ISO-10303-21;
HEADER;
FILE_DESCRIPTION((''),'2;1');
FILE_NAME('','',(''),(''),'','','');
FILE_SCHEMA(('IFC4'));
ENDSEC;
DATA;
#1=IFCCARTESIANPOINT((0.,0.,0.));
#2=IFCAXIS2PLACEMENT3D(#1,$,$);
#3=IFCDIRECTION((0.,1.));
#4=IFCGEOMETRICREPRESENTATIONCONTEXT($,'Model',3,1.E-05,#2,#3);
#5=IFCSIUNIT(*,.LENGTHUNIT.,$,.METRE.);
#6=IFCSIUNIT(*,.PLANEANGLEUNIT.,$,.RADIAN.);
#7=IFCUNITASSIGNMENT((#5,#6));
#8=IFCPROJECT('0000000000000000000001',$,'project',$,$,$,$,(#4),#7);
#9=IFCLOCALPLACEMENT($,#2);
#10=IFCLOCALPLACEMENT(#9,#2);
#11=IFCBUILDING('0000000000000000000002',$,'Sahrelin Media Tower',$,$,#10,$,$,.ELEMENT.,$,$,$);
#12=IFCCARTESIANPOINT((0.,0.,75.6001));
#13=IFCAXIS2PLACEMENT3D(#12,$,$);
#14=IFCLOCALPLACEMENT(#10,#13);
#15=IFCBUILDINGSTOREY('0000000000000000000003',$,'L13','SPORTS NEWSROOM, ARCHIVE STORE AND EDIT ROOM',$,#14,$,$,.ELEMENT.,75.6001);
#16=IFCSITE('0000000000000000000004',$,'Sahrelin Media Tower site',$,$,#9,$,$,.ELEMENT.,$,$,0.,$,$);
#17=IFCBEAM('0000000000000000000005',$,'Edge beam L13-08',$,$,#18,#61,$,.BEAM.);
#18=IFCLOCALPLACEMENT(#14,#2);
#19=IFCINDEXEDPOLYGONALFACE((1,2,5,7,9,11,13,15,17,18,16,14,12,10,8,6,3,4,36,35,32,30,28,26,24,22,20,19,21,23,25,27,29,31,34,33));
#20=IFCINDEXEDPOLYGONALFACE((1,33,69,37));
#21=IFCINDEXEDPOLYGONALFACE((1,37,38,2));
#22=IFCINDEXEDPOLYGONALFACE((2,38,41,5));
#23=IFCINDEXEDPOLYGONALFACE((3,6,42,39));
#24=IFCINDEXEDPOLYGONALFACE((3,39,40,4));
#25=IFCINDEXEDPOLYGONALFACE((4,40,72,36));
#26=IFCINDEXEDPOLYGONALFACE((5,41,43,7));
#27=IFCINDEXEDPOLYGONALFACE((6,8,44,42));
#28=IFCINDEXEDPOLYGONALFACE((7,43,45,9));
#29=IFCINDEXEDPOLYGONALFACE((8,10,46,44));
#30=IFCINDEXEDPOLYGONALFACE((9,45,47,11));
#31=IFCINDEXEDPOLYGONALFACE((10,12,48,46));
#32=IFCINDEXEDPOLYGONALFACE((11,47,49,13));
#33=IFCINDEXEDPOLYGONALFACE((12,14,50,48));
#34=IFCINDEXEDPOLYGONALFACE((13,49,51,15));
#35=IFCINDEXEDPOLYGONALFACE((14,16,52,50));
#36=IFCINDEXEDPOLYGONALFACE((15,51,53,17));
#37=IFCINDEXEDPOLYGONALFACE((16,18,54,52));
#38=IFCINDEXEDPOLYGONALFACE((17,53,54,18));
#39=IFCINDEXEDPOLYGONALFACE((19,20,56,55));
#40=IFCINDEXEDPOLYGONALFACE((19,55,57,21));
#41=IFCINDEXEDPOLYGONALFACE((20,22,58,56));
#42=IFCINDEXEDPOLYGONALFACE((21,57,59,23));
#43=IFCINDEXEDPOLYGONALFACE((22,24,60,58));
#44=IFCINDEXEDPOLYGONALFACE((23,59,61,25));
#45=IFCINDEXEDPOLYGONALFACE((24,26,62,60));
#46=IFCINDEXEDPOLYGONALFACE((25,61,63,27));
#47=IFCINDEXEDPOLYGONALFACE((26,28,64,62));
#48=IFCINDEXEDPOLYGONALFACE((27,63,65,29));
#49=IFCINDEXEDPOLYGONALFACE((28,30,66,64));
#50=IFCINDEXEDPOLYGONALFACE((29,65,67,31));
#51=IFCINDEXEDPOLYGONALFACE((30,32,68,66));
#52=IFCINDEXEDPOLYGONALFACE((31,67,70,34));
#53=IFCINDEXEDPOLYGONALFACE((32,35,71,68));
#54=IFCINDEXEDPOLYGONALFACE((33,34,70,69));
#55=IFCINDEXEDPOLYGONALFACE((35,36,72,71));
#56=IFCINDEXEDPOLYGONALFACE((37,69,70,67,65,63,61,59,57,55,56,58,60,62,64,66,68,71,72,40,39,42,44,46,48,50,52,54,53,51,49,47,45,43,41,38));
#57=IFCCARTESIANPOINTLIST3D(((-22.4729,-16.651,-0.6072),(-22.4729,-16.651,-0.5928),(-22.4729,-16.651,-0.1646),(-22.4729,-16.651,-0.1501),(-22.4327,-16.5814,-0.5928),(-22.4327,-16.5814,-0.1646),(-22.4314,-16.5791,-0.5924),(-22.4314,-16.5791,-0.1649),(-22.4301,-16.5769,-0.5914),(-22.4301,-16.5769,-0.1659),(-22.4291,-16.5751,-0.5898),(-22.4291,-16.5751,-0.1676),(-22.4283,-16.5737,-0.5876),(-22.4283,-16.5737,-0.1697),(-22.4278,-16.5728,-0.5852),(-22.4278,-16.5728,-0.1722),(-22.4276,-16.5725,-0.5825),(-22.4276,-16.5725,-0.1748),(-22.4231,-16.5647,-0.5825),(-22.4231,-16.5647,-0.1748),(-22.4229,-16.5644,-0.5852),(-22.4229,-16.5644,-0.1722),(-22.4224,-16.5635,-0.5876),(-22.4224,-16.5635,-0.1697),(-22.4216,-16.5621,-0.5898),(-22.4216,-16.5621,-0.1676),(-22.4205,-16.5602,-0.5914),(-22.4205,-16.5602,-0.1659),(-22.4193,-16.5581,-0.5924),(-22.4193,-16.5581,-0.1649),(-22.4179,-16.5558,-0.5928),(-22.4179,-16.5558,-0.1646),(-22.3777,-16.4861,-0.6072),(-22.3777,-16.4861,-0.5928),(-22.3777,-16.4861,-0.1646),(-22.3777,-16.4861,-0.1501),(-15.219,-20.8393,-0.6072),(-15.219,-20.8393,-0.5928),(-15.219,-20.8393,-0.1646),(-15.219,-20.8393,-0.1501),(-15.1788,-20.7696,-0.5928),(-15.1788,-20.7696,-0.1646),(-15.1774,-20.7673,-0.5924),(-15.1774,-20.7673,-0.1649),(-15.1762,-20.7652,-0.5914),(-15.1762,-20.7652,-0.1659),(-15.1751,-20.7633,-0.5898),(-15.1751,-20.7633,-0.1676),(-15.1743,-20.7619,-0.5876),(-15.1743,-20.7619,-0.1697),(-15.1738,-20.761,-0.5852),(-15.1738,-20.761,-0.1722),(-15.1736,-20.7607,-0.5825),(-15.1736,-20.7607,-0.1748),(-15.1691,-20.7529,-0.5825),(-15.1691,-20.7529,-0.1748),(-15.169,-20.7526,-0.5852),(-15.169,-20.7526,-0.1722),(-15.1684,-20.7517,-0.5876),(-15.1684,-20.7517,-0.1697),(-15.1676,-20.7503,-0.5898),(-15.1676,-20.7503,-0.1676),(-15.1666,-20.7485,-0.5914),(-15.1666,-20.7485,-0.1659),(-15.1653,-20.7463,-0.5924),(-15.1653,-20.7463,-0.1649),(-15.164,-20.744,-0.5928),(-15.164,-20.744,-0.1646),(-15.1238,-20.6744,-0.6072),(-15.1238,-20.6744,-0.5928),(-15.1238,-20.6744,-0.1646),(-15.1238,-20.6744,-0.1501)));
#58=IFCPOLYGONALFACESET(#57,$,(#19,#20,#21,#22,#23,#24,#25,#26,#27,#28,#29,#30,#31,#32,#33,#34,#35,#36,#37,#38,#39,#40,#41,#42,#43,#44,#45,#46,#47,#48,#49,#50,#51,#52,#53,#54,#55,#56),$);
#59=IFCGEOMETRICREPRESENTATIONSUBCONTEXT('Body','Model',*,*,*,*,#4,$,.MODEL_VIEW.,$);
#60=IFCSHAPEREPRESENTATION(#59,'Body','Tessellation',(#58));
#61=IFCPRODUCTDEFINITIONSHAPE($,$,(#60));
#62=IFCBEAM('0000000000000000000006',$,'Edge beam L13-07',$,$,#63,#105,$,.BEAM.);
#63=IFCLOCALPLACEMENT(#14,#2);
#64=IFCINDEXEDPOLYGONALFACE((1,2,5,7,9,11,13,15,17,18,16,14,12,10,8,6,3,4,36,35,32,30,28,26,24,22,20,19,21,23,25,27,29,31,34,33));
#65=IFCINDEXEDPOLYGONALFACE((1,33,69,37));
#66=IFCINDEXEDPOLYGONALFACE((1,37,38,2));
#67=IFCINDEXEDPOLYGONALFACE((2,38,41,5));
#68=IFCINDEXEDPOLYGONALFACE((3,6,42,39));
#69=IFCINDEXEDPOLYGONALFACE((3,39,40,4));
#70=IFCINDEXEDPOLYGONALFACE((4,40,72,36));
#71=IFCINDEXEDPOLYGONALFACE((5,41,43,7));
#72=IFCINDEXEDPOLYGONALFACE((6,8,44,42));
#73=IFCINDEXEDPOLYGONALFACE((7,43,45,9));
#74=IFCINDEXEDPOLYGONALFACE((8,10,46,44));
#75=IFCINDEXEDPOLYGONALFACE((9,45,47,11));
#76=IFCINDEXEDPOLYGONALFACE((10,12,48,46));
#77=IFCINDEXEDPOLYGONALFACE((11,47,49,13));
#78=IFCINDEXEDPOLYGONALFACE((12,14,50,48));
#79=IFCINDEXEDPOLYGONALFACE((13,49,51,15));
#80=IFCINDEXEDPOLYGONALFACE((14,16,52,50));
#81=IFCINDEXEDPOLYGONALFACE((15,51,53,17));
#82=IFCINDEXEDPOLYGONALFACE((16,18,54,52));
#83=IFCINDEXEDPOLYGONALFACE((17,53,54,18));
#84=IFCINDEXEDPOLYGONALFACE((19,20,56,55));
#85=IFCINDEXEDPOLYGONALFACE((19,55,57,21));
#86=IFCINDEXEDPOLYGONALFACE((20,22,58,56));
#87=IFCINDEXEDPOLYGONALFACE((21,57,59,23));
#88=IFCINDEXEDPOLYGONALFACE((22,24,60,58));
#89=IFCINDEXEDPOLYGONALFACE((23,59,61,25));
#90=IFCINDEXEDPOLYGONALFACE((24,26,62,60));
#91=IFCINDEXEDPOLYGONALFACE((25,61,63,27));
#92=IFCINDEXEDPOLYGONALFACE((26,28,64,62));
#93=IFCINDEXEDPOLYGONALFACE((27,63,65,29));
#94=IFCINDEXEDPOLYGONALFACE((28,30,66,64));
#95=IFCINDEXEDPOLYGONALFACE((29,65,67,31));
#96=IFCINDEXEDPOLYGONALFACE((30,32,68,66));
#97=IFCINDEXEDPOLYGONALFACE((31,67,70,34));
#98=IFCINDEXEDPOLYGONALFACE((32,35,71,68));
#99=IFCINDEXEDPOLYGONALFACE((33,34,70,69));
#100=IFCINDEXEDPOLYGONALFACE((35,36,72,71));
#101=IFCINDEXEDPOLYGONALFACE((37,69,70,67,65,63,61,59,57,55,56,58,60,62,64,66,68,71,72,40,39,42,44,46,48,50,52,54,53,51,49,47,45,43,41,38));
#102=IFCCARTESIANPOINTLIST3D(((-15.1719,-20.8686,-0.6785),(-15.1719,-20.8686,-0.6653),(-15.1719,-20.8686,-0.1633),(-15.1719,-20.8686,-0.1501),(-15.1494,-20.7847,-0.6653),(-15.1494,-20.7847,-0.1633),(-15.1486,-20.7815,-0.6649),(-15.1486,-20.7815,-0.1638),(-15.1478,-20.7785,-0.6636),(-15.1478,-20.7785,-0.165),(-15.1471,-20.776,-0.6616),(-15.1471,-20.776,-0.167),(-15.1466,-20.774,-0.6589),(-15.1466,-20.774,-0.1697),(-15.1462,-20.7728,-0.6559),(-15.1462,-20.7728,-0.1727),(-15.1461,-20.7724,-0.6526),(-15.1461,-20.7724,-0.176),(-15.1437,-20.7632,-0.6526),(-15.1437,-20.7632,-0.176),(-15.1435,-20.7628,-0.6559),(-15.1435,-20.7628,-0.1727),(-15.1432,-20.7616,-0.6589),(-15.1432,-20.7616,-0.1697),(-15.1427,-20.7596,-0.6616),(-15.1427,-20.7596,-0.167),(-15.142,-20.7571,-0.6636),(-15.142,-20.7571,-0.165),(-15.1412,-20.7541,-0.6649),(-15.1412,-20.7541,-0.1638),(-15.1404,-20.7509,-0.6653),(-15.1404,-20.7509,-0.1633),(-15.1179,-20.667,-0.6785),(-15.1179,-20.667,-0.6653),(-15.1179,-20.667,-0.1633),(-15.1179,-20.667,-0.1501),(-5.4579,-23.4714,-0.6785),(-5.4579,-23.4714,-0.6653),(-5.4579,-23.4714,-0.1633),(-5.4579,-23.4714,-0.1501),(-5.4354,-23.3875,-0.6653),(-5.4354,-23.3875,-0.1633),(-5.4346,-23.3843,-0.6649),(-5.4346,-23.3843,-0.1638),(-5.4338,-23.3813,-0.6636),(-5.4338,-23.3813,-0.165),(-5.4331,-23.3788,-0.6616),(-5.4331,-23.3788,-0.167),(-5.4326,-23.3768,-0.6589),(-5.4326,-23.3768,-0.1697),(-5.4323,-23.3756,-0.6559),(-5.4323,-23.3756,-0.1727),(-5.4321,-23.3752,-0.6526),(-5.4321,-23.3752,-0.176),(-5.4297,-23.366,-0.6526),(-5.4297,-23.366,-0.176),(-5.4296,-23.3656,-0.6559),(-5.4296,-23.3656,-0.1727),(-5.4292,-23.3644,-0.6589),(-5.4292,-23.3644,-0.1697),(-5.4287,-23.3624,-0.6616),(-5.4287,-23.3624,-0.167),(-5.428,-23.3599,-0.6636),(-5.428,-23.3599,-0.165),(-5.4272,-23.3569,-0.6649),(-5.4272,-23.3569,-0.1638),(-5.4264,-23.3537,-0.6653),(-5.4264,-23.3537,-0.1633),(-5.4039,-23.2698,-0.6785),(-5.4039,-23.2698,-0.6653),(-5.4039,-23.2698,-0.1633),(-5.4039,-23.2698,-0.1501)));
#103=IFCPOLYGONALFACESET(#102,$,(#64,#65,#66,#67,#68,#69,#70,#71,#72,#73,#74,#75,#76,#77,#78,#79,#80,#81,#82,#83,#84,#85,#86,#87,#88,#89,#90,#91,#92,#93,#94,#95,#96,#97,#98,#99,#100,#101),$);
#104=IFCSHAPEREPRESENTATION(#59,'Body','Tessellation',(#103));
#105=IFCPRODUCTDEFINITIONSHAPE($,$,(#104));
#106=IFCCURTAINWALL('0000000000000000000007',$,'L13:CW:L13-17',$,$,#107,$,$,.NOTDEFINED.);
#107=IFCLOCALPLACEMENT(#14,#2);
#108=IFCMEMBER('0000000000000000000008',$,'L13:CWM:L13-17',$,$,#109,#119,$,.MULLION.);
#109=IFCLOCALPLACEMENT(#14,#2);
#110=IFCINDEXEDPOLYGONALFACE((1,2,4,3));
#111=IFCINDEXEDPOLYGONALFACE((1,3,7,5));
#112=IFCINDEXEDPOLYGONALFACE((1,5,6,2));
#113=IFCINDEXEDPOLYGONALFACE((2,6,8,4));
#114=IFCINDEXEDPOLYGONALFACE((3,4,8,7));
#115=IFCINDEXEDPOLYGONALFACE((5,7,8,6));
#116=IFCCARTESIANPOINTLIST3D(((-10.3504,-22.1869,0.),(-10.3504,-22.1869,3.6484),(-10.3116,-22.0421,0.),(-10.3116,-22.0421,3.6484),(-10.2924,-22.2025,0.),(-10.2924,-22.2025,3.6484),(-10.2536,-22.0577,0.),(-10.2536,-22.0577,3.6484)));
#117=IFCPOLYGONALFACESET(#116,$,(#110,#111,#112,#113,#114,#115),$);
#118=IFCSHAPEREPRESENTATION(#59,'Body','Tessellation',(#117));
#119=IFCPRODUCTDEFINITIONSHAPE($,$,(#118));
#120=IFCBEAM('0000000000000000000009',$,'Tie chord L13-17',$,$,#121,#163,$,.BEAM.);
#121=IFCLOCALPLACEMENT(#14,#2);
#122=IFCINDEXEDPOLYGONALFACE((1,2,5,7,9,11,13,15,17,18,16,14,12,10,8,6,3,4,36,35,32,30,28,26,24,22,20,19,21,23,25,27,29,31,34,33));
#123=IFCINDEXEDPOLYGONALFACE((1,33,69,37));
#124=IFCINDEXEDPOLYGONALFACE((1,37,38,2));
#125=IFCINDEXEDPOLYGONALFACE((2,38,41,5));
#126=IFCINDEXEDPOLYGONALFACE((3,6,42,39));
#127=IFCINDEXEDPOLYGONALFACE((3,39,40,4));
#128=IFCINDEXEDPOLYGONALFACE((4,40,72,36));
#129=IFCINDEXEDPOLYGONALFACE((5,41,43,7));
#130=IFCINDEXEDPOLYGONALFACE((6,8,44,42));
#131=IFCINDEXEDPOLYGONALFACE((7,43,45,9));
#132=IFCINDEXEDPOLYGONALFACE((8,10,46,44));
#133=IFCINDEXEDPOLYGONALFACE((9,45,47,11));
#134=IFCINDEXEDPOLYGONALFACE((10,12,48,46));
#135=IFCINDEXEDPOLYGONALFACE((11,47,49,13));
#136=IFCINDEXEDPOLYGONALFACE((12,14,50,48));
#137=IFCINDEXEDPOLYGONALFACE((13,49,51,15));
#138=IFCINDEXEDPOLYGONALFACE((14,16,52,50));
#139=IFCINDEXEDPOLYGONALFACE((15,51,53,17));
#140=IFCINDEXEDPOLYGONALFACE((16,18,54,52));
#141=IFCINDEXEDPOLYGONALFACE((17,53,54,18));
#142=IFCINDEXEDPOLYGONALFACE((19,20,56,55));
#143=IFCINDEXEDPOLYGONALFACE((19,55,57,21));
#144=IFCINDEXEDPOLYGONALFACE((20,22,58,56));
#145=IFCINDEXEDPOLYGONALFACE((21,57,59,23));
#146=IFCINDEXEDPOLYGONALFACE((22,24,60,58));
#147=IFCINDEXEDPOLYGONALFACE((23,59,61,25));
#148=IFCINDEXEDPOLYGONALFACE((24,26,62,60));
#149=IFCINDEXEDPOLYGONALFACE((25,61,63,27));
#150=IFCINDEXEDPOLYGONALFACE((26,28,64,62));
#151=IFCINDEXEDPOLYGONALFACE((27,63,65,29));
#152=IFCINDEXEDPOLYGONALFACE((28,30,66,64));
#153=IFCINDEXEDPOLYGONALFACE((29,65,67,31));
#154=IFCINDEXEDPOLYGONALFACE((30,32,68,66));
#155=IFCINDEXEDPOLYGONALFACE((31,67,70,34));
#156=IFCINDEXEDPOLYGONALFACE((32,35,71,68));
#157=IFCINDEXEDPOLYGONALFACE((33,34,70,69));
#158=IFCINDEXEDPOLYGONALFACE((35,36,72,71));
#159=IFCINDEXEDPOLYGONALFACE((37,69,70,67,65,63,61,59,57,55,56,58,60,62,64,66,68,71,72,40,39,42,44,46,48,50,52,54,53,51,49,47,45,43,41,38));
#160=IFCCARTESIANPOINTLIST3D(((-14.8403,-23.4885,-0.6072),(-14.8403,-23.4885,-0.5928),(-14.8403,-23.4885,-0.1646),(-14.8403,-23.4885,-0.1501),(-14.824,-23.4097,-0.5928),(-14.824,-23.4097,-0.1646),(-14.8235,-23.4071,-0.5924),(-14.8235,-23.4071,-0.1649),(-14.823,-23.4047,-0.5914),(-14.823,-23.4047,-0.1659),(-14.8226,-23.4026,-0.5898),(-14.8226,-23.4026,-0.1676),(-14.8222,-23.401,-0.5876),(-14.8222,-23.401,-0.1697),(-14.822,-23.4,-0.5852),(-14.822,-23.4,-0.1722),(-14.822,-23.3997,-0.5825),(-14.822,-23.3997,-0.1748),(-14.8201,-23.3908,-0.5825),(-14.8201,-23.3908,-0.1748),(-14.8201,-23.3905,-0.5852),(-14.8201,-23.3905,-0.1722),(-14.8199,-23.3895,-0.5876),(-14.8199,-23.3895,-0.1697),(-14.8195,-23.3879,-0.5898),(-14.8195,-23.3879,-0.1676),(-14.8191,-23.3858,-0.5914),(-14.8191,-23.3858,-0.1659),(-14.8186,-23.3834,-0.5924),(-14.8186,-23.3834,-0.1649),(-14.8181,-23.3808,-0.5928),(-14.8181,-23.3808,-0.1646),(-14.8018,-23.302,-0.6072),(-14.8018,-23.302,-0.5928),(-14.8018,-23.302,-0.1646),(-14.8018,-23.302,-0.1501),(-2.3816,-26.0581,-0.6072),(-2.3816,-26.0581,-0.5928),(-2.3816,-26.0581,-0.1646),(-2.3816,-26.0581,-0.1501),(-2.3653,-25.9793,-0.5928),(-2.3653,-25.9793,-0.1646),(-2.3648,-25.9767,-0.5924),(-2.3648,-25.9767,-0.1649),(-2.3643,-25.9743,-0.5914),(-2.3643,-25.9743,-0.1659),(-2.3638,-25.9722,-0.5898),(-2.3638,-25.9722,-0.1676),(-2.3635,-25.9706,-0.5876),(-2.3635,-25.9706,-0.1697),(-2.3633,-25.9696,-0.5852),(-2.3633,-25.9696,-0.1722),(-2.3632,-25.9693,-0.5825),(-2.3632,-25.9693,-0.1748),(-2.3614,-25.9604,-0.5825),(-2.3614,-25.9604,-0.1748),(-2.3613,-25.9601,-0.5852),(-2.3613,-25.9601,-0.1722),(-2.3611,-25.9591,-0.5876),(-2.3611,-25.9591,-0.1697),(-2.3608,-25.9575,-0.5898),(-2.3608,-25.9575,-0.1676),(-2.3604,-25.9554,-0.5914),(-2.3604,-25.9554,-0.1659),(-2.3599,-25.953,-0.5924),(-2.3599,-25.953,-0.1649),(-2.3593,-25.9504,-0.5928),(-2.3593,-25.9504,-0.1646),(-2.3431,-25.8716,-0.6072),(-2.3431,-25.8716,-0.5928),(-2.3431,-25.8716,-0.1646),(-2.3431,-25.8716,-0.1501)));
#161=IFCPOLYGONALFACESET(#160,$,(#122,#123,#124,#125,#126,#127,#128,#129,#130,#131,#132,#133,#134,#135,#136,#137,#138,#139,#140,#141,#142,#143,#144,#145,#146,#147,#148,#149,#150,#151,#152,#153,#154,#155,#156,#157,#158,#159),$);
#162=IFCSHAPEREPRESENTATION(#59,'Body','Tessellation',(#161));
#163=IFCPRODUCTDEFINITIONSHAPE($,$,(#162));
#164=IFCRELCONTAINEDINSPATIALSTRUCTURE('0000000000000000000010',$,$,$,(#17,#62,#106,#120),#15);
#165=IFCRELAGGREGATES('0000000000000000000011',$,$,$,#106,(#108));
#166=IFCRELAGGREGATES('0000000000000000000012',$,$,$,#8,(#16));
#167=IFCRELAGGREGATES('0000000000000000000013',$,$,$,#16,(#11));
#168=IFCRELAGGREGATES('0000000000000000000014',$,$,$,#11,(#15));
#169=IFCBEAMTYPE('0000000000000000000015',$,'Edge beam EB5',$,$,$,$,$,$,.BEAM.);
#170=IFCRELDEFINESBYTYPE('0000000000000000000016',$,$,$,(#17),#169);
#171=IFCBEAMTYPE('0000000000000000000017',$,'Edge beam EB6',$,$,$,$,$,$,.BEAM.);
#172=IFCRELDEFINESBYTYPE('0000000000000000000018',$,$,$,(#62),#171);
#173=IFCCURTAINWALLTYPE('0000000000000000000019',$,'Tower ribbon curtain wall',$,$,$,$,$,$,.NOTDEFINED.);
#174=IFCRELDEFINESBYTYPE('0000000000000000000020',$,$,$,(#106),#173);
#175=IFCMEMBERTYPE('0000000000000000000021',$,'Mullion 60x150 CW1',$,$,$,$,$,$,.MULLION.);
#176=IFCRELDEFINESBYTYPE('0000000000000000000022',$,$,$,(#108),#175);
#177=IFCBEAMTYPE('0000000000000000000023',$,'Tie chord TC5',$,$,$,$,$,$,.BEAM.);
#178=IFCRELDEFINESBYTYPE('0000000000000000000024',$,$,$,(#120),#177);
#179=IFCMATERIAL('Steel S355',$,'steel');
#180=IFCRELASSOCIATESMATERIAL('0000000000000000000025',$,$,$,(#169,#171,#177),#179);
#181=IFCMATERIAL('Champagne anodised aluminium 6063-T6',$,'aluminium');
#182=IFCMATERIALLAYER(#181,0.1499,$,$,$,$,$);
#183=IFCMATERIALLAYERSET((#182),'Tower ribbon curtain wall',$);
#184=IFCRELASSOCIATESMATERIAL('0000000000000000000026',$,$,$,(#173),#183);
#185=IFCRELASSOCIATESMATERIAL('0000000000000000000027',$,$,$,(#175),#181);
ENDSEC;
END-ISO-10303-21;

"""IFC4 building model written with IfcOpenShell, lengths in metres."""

from ifc_helpers import new_model, si_unit, direction, frame, origin, origin_2d, place, context, subcontext, project, spatial, rectangle, i_section, extrude, material, layer, layer_set, material_profile, profile_set, type_object, element, aggregate, save


model = new_model("IFC4")

# Units and contexts
model_context = context("Model", 3, precision=1e-05, world=origin(), true_north=direction((0.0, 1.0)))
body_context = subcontext(model_context, "Body", "Model", "MODEL_VIEW")
ifc_project = project(units=[si_unit("LENGTHUNIT", "METRE"), si_unit("PLANEANGLEUNIT", "RADIAN")], contexts=[model_context])

# Site, building, storey
site_placement = place(None, origin())
site = spatial("IfcSite", under=ifc_project, at=site_placement, Name="Sahrelin Media Tower site", CompositionType="ELEMENT", RefElevation=0.0)
building_placement = place(site_placement, origin())
building = spatial("IfcBuilding", under=site, at=building_placement, Name="Sahrelin Media Tower", CompositionType="ELEMENT")
storey_placement = place(building_placement, frame((0.0, 0.0, 75.6001)))
storey = spatial("IfcBuildingStorey", under=building, at=storey_placement, Name="L13", Description="SPORTS NEWSROOM, ARCHIVE STORE AND EDIT ROOM", CompositionType="ELEMENT", Elevation=75.6001)

# Beams
ifc_material_1 = material(Name="Steel S355", Category="steel")
ifc_material_profile_1 = material_profile(ifc_material_1, i_section(OverallWidth=0.1904, OverallDepth=0.457, WebThickness=0.009, FlangeThickness=0.0144, FilletRadius=0.0103, at=origin_2d()), Name="UB 457x191x74")
ifc_profile_set_1 = profile_set([ifc_material_profile_1], Name="Steel S355")
beam_type_1 = type_object("IfcBeamType", Name="Edge beam EB5", PredefinedType="BEAM", material=ifc_profile_set_1)
beam_1_placement = place(storey_placement, frame((-15.1714, -20.7568, -0.3787), z_axis=(-0.866016, 0.500017, 0.0), x_axis=(-0.500017, -0.866016, 0.0)))
element("IfcBeam", 1, at=beam_1_placement, inside=storey, type_object=beam_type_1, Name="Edge beam L13-08", PredefinedType="BEAM", context=body_context, shape_type="SweptSolid", body=[
    extrude(i_section(OverallWidth=0.1904, OverallDepth=0.457, WebThickness=0.009, FlangeThickness=0.0144, FilletRadius=0.0103, at=origin_2d()), origin(), (0.0, 0.0, 1.0), 8.3762),
])
ifc_material_profile_2 = material_profile(ifc_material_1, i_section(OverallWidth=0.2087, OverallDepth=0.5283, WebThickness=0.0095, FlangeThickness=0.0132, FilletRadius=0.0127, at=origin_2d()), Name="UB 533x210x82")
ifc_profile_set_2 = profile_set([ifc_material_profile_2], Name="Steel S355")
beam_type_2 = type_object("IfcBeamType", Name="Edge beam EB6", PredefinedType="BEAM", material=ifc_profile_set_2)
beam_2_placement = place(storey_placement, frame((-5.4309, -23.3706, -0.4143), z_axis=(-0.965927, 0.258815, 0.0), x_axis=(-0.258815, -0.965927, 0.0)))
element("IfcBeam", 2, at=beam_2_placement, inside=storey, type_object=beam_type_2, Name="Edge beam L13-07", PredefinedType="BEAM", context=body_context, shape_type="SweptSolid", body=[
    extrude(i_section(OverallWidth=0.2087, OverallDepth=0.5283, WebThickness=0.0095, FlangeThickness=0.0132, FilletRadius=0.0127, at=origin_2d()), origin(), (0.0, 0.0, 1.0), 10.0566),
])

# Curtain wall, member
ifc_material_2 = material(Name="Champagne anodised aluminium 6063-T6", Category="aluminium")
ifc_layer_1 = layer(ifc_material_2, 0.1499)
ifc_layer_set_1 = layer_set([ifc_layer_1], Name="Tower ribbon curtain wall")
curtain_wall_type = type_object("IfcCurtainWallType", Name="Tower ribbon curtain wall", PredefinedType="NOTDEFINED", material=ifc_layer_set_1)
curtain_wall_1_placement = place(storey_placement, frame((-10.3264, -22.2141, 0.0), z_axis=(0.0, 0.0, 1.0), x_axis=(1.0, 0.0, 0.0)))
curtain_wall_1 = element("IfcCurtainWall", 3, at=curtain_wall_1_placement, inside=storey, type_object=curtain_wall_type, Name="L13:CW:L13-17", PredefinedType="NOTDEFINED")
ifc_material_profile_3 = material_profile(ifc_material_2, rectangle(XDim=0.0601, YDim=0.1499, at=origin_2d()), Name="Mullion 60x150")
ifc_profile_set_3 = profile_set([ifc_material_profile_3], Name="Champagne anodised aluminium 6063-T6")
member_type_1 = type_object("IfcMemberType", Name="Mullion 60x150 CW1", PredefinedType="MULLION", material=ifc_profile_set_3)
member_1_placement = place(storey_placement, frame((-10.302, -22.1223, 0.0), z_axis=(0.0, 0.0, 1.0), x_axis=(0.965925, -0.258822, 0.0)))
member_1 = element("IfcMember", 4, at=member_1_placement, type_object=member_type_1, Name="L13:CWM:L13-17", PredefinedType="MULLION", context=body_context, shape_type="SweptSolid", body=[
    extrude(rectangle(XDim=0.0601, YDim=0.1499, at=origin_2d()), origin(), (0.0, 0.0, 1.0), 3.6484),
])

# Beam
ifc_material_profile_4 = material_profile(ifc_material_1, i_section(OverallWidth=0.1904, OverallDepth=0.457, WebThickness=0.009, FlangeThickness=0.0144, FilletRadius=0.0103, at=origin_2d()), Name="UB 457x191x74")
ifc_profile_set_4 = profile_set([ifc_material_profile_4], Name="Steel S355")
beam_type_3 = type_object("IfcBeamType", Name="Tie chord TC5", PredefinedType="BEAM", material=ifc_profile_set_4)
beam_3_placement = place(storey_placement, frame((-14.821, -23.3953, -0.3787), z_axis=(0.979386, -0.201996, 0.0), x_axis=(0.201996, 0.979386, 0.0)))
element("IfcBeam", 5, at=beam_3_placement, inside=storey, type_object=beam_type_3, Name="Tie chord L13-17", PredefinedType="BEAM", context=body_context, shape_type="SweptSolid", body=[
    extrude(i_section(OverallWidth=0.1904, OverallDepth=0.457, WebThickness=0.009, FlangeThickness=0.0144, FilletRadius=0.0103, at=origin_2d()), origin(), (0.0, 0.0, 1.0), 12.7209),
])

aggregate(curtain_wall_1, [member_1])

save(model, "model.ifc")
